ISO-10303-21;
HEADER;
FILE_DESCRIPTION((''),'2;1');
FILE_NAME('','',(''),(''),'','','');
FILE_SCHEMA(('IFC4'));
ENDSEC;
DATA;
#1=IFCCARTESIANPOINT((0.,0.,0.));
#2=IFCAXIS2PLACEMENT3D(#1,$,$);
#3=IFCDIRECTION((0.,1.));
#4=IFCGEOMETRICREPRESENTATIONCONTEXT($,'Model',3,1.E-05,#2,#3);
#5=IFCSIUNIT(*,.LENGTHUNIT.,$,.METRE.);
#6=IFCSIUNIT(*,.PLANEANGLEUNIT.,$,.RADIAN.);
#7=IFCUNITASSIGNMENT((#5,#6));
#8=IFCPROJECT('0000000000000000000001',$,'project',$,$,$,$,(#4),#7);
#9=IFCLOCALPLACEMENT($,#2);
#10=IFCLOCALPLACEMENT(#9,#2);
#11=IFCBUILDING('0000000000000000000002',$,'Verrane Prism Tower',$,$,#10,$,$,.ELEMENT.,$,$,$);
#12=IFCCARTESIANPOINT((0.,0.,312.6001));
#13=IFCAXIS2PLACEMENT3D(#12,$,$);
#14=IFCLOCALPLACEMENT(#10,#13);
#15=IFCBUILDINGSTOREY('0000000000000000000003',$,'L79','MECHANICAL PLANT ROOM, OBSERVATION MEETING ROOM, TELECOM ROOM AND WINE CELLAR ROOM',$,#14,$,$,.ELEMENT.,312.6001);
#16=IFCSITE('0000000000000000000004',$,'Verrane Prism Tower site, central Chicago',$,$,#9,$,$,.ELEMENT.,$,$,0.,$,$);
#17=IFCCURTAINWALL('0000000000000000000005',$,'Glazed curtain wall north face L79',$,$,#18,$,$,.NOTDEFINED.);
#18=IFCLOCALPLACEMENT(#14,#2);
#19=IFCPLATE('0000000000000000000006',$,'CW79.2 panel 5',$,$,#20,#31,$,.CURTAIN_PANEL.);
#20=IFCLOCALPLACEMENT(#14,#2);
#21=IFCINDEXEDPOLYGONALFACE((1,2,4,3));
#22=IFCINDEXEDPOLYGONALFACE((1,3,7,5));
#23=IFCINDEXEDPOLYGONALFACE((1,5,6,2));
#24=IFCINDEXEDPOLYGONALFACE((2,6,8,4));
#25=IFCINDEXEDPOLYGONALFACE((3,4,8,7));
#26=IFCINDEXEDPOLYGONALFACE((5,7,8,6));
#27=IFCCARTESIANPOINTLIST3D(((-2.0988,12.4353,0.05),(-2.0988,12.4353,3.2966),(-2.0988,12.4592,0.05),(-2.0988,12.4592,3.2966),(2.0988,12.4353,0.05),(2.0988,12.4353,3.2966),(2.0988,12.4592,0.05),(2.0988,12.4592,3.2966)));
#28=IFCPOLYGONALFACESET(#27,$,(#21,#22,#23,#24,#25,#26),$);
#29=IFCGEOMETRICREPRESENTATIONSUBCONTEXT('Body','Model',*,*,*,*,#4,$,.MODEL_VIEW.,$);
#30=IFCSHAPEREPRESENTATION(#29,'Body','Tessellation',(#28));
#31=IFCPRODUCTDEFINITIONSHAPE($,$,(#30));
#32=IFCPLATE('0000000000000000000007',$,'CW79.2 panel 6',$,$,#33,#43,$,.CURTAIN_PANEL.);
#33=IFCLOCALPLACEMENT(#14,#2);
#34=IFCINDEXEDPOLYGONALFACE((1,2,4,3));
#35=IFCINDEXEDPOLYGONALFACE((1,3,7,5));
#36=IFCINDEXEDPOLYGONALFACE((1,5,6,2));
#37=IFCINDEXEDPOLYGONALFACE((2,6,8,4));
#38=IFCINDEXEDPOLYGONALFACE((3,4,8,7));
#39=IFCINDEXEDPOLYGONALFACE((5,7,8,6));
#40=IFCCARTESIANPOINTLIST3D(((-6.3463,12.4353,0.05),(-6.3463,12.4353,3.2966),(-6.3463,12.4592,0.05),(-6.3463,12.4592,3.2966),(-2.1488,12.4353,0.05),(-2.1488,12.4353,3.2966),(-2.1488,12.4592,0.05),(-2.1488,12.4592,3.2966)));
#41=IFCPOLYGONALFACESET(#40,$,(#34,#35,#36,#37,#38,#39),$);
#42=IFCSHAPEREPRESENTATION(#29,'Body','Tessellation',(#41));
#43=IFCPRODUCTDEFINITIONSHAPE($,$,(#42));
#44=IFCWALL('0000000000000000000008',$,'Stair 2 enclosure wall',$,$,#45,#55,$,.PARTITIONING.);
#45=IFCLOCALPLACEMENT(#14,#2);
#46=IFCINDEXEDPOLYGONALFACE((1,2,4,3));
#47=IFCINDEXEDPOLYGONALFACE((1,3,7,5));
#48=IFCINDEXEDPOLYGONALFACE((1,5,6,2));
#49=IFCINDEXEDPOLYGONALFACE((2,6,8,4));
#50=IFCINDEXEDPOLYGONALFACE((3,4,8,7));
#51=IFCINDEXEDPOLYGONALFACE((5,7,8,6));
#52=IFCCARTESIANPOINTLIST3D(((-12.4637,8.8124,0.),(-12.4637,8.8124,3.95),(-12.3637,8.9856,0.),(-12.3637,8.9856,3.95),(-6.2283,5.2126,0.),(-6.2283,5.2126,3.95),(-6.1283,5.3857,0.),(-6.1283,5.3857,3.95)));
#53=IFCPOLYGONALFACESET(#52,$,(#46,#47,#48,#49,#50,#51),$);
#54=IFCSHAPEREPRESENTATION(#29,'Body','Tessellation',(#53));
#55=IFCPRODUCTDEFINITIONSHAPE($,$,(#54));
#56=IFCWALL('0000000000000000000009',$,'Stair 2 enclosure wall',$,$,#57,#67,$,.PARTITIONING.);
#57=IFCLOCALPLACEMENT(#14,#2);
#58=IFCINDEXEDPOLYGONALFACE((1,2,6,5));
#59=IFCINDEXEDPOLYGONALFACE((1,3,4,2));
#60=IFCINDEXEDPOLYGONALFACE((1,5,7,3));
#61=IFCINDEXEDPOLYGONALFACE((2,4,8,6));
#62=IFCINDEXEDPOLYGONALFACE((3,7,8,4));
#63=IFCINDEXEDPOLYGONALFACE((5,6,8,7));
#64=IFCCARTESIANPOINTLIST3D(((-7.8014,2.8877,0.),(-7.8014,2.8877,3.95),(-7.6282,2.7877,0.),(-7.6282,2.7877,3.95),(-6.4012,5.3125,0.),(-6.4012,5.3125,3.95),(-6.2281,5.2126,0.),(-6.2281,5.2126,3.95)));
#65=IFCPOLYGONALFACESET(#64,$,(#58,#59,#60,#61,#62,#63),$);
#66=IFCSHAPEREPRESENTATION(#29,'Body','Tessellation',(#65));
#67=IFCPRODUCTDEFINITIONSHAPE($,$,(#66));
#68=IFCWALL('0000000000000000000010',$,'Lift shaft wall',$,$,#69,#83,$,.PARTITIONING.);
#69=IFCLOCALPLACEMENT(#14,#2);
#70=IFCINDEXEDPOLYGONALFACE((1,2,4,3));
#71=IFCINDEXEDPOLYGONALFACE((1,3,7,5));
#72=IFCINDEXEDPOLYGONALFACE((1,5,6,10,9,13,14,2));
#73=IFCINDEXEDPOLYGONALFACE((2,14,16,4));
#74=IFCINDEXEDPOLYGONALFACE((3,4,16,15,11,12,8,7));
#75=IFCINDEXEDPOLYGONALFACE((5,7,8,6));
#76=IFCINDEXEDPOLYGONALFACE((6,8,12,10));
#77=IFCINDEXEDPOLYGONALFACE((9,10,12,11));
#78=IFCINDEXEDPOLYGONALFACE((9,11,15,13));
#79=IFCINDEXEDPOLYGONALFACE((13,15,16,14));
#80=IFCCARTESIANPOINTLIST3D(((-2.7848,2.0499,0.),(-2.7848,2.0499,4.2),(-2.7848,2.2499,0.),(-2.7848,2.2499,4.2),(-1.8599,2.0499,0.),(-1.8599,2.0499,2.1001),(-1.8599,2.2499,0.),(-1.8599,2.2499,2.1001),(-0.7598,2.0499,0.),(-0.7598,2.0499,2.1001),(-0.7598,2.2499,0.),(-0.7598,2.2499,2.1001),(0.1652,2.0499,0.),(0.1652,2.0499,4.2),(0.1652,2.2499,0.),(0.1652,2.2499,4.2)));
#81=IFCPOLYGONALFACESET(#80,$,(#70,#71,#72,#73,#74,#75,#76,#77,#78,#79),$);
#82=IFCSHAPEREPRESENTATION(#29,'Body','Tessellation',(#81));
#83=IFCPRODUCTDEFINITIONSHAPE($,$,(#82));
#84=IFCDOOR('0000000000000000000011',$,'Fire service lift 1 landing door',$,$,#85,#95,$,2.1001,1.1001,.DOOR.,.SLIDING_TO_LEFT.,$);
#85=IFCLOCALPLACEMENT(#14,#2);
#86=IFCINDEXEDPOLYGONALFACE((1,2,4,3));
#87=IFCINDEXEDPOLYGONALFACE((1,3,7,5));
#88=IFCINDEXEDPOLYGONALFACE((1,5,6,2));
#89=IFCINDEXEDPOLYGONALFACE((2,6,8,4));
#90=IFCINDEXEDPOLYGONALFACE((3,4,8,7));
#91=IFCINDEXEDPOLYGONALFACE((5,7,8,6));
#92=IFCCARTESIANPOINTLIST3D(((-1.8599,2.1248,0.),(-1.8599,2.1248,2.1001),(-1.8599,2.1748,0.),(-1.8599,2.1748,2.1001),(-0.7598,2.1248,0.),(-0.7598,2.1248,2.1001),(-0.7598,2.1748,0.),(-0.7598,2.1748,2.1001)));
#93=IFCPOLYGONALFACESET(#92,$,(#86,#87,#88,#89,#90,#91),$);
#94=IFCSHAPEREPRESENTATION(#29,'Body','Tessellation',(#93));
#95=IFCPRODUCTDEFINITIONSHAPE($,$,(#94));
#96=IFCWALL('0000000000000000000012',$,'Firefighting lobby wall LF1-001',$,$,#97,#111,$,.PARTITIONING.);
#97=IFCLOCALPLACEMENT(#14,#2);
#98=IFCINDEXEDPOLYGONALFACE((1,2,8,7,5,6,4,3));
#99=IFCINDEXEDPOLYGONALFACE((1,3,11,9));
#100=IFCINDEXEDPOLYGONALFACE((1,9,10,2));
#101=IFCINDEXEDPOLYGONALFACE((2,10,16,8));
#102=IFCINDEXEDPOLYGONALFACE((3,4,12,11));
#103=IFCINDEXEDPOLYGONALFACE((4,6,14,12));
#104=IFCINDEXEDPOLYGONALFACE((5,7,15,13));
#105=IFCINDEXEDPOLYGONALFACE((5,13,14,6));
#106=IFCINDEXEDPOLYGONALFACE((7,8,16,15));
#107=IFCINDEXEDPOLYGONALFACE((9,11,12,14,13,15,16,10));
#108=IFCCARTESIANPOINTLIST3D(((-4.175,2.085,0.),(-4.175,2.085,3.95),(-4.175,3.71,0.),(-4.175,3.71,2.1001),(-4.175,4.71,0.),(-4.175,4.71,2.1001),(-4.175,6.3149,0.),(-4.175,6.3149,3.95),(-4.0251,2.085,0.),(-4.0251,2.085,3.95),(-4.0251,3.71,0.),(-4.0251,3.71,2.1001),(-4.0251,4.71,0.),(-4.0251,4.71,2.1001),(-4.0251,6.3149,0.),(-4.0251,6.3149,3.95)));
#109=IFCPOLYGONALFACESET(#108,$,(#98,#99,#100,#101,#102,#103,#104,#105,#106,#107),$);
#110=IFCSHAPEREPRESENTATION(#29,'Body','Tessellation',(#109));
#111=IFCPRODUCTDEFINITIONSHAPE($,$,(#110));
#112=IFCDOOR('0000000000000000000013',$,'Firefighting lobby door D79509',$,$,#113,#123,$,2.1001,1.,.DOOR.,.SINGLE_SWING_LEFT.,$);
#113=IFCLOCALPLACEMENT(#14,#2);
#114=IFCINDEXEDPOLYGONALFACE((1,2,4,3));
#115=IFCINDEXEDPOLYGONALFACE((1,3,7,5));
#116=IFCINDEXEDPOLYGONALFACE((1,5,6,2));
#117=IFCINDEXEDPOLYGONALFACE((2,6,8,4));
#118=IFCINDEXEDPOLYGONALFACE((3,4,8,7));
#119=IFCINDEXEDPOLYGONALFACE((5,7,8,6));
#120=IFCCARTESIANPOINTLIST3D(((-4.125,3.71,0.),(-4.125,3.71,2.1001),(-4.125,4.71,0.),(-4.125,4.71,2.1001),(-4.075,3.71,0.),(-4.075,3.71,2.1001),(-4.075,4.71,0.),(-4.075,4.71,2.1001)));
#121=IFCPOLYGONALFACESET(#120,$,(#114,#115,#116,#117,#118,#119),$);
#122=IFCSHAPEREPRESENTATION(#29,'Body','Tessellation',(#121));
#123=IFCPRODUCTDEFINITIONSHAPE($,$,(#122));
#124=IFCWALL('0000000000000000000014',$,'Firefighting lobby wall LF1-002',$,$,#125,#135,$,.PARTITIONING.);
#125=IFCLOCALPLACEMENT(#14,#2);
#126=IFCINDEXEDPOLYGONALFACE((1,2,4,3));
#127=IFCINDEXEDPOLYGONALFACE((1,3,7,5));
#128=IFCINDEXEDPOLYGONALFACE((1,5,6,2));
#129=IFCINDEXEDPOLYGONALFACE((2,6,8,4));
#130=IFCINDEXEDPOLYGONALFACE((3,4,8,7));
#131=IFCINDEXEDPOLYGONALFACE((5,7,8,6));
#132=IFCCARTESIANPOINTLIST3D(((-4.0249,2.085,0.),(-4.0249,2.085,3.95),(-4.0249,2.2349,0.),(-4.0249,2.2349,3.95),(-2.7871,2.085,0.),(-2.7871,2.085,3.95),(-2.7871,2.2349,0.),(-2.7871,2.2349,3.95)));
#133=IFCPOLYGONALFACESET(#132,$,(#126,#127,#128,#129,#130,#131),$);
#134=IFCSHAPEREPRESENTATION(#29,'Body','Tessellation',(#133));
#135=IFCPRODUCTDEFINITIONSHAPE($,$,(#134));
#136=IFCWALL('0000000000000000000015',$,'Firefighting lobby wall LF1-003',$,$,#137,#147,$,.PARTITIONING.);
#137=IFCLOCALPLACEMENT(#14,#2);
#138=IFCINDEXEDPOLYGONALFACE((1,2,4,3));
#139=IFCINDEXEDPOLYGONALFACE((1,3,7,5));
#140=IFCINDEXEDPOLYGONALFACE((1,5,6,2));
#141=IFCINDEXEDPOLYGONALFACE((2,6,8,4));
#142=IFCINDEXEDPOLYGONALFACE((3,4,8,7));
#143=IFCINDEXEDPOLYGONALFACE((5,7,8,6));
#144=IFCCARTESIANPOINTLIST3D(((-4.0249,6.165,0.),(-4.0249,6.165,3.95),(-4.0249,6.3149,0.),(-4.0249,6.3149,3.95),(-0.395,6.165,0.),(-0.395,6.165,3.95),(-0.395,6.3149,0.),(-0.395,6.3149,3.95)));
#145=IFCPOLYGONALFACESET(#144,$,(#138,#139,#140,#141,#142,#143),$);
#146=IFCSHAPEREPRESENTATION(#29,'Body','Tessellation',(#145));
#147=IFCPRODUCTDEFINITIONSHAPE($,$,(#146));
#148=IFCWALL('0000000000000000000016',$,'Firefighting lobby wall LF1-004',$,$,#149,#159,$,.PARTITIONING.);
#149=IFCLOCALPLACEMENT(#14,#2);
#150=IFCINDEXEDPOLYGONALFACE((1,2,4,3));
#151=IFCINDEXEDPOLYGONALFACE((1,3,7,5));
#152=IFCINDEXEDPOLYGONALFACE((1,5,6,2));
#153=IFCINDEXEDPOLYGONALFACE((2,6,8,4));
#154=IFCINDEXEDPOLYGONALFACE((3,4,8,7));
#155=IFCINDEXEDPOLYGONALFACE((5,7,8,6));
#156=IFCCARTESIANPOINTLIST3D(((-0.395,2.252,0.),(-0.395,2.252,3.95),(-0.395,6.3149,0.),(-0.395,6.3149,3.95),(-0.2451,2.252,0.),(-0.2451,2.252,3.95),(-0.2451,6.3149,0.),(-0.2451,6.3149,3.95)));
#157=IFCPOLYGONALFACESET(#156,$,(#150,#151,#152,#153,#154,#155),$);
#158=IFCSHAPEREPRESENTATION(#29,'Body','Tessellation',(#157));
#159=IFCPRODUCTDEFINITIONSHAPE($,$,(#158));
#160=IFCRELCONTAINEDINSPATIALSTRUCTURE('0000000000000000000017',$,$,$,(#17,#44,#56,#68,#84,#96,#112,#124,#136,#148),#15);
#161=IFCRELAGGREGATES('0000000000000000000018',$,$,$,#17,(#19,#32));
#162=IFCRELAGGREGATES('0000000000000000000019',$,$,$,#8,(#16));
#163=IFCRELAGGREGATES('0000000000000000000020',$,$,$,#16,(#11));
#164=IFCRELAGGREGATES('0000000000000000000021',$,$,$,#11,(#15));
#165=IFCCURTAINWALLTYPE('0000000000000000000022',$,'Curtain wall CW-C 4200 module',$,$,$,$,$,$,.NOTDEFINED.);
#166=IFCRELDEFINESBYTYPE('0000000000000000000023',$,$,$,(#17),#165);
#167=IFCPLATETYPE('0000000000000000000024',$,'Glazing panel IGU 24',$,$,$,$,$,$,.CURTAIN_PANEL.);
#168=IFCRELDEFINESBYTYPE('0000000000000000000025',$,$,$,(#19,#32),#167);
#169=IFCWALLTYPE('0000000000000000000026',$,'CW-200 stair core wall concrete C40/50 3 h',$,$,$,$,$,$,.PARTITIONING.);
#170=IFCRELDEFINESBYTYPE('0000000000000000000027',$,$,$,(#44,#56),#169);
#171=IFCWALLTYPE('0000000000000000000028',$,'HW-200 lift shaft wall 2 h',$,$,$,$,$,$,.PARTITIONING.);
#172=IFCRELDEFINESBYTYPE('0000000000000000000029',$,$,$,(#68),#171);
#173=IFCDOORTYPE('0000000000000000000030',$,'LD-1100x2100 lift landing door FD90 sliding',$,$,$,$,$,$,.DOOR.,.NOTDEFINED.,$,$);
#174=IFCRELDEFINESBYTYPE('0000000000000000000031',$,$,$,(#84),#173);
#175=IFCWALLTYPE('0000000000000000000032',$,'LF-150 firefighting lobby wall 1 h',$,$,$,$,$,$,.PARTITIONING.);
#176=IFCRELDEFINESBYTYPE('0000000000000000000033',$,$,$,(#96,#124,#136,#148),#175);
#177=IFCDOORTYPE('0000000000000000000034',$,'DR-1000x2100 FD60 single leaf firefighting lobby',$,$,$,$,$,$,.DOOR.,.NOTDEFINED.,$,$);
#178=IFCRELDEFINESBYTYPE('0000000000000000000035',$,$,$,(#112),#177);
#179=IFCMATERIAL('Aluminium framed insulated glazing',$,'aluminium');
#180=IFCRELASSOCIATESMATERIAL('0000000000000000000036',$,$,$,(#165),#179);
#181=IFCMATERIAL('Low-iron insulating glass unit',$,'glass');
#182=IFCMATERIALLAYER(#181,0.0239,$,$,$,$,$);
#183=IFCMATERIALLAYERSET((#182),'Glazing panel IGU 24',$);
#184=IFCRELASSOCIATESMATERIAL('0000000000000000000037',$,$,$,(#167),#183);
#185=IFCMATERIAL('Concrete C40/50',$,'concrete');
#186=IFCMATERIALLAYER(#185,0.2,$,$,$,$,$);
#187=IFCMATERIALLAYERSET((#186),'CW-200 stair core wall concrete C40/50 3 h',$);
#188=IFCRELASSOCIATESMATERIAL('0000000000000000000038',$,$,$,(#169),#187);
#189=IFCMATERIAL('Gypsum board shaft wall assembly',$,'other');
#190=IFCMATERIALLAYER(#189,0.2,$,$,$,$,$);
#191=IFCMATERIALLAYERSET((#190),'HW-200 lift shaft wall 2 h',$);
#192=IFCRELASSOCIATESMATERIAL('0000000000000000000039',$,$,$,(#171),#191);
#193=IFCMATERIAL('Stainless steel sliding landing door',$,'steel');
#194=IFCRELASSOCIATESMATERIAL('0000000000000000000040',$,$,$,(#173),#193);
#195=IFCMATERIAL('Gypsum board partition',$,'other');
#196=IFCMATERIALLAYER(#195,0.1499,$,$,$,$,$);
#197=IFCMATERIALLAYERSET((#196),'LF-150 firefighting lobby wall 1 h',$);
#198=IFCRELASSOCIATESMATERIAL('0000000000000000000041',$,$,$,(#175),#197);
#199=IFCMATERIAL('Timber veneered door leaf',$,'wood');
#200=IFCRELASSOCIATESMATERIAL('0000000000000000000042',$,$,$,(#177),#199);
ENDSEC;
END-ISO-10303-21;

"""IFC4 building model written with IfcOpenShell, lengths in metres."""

from ifc_helpers import new_model, si_unit, direction, frame, frame_2d, origin, origin_2d, place, context, subcontext, project, spatial, rectangle, extrude, material, layer, layer_set, type_object, element, fill, aggregate, save


model = new_model("IFC4")

# Units and contexts
model_context = context("Model", 3, precision=1e-05, world=origin(), true_north=direction((0.0, 1.0)))
body_context = subcontext(model_context, "Body", "Model", "MODEL_VIEW")
ifc_project = project(units=[si_unit("LENGTHUNIT", "METRE"), si_unit("PLANEANGLEUNIT", "RADIAN")], contexts=[model_context])

# Site, building, storey
site_placement = place(None, origin())
site = spatial("IfcSite", under=ifc_project, at=site_placement, Name="Verrane Prism Tower site, central Chicago", CompositionType="ELEMENT", RefElevation=0.0)
building_placement = place(site_placement, origin())
building = spatial("IfcBuilding", under=site, at=building_placement, Name="Verrane Prism Tower", CompositionType="ELEMENT")
storey_placement = place(building_placement, frame((0.0, 0.0, 312.6001)))
storey = spatial("IfcBuildingStorey", under=building, at=storey_placement, Name="L79", Description="MECHANICAL PLANT ROOM, OBSERVATION MEETING ROOM, TELECOM ROOM AND WINE CELLAR ROOM", CompositionType="ELEMENT", Elevation=312.6001)

# Curtain wall
ifc_material_1 = material(Name="Aluminium framed insulated glazing", Category="aluminium")
curtain_wall_type = type_object("IfcCurtainWallType", Name="Curtain wall CW-C 4200 module", PredefinedType="NOTDEFINED", material=ifc_material_1)
curtain_wall_placement = place(storey_placement, origin())
curtain_wall = element("IfcCurtainWall", 1, at=curtain_wall_placement, inside=storey, type_object=curtain_wall_type, Name="Glazed curtain wall north face L79", PredefinedType="NOTDEFINED")

# Plates
ifc_material_2 = material(Name="Low-iron insulating glass unit", Category="glass")
ifc_layer_1 = layer(ifc_material_2, 0.0239)
ifc_layer_set_1 = layer_set([ifc_layer_1], Name="Glazing panel IGU 24")
plate_type = type_object("IfcPlateType", Name="Glazing panel IGU 24", PredefinedType="CURTAIN_PANEL", material=ifc_layer_set_1)
plate_1_placement = place(storey_placement, frame((0.0, 12.4473, 0.05), z_axis=(0.0, 0.0, 1.0), x_axis=(-1.0, 0.0, 0.0)))
plate_1 = element("IfcPlate", 2, at=plate_1_placement, type_object=plate_type, Name="CW79.2 panel 5", PredefinedType="CURTAIN_PANEL", context=body_context, shape_type="SweptSolid", body=[
    extrude(rectangle(XDim=4.1975, YDim=0.0239, at=origin_2d()), origin(), (0.0, 0.0, 1.0), 3.2466),
])
plate_2_placement = place(storey_placement, frame((-4.2476, 12.4473, 0.05), z_axis=(0.0, 0.0, 1.0), x_axis=(-1.0, 0.0, 0.0)))
plate_2 = element("IfcPlate", 3, at=plate_2_placement, type_object=plate_type, Name="CW79.2 panel 6", PredefinedType="CURTAIN_PANEL", context=body_context, shape_type="SweptSolid", body=[
    extrude(rectangle(XDim=4.1975, YDim=0.0239, at=origin_2d()), origin(), (0.0, 0.0, 1.0), 3.2466),
])
aggregate(curtain_wall, [plate_1, plate_2])

# Walls
ifc_material_3 = material(Name="Concrete C40/50", Category="concrete")
ifc_layer_2 = layer(ifc_material_3, 0.2)
ifc_layer_set_2 = layer_set([ifc_layer_2], Name="CW-200 stair core wall concrete C40/50 3 h")
wall_type_1 = type_object("IfcWallType", Name="CW-200 stair core wall concrete C40/50 3 h", PredefinedType="PARTITIONING", material=ifc_layer_set_2)
wall_1_placement = place(storey_placement, frame((-6.1782, 5.2991, 0.0), z_axis=(0.0, 0.0, 1.0), x_axis=(-0.866033, 0.499987, 0.0)))
element("IfcWall", 4, at=wall_1_placement, inside=storey, type_object=wall_type_1, Name="Stair 2 enclosure wall", PredefinedType="PARTITIONING", context=body_context, shape_type="SweptSolid", body=[
    extrude(rectangle(XDim=7.2, YDim=0.2, at=frame_2d((3.6001, 0.0))), origin(), (0.0, 0.0, 1.0), 3.95),
])
wall_2_placement = place(storey_placement, frame((-6.3147, 5.2625, 0.0), z_axis=(0.0, 0.0, 1.0), x_axis=(-0.50005, -0.865997, 0.0)))
element("IfcWall", 5, at=wall_2_placement, inside=storey, type_object=wall_type_1, Name="Stair 2 enclosure wall", PredefinedType="PARTITIONING", context=body_context, shape_type="SweptSolid", body=[
    extrude(rectangle(XDim=2.8, YDim=0.2, at=frame_2d((1.3999, 0.0))), origin(), (0.0, 0.0, 1.0), 3.95),
])

# Walls, openings, doors
ifc_material_4 = material(Name="Gypsum board shaft wall assembly", Category="other")
ifc_layer_3 = layer(ifc_material_4, 0.2)
ifc_layer_set_3 = layer_set([ifc_layer_3], Name="HW-200 lift shaft wall 2 h")
wall_type_2 = type_object("IfcWallType", Name="HW-200 lift shaft wall 2 h", PredefinedType="PARTITIONING", material=ifc_layer_set_3)
wall_3_placement = place(storey_placement, frame((-2.7849, 2.1499, 0.0), z_axis=(0.0, 0.0, 1.0), x_axis=(1.0, 0.0, 0.0)))
wall_3 = element("IfcWall", 6, at=wall_3_placement, inside=storey, type_object=wall_type_2, Name="Lift shaft wall", PredefinedType="PARTITIONING", context=body_context, shape_type="SweptSolid", body=[
    extrude(rectangle(XDim=2.95, YDim=0.2, at=frame_2d((1.4751, 0.0))), origin(), (0.0, 0.0, 1.0), 4.2),
])
opening_1_placement = place(wall_3_placement, frame((0.925, 0.0, 0.0)))
opening_1 = element("IfcOpeningElement", 7, at=opening_1_placement, cuts=wall_3, PredefinedType="OPENING", context=body_context, shape_type="SweptSolid", body=[
    extrude(rectangle(XDim=1.1001, YDim=2.1001, at=frame_2d((0.55, 1.05))), frame((0.0, 0.1099, 0.0), z_axis=(0.0, -1.0, 0.0), x_axis=(1.0, 0.0, 0.0)), (0.0, 0.0, 1.0), 0.22),
])
ifc_material_5 = material(Name="Stainless steel sliding landing door", Category="steel")
door_type_1 = type_object("IfcDoorType", Name="LD-1100x2100 lift landing door FD90 sliding", OperationType="NOTDEFINED", PredefinedType="DOOR", material=ifc_material_5)
door_1_placement = place(opening_1_placement, origin())
door_1 = element("IfcDoor", 8, at=door_1_placement, inside=storey, type_object=door_type_1, Name="Fire service lift 1 landing door", OperationType="SLIDING_TO_LEFT", OverallHeight=2.1001, OverallWidth=1.1001, PredefinedType="DOOR", context=body_context, shape_type="SweptSolid", body=[
    extrude(rectangle(XDim=1.1001, YDim=2.1001, at=frame_2d((0.55, 1.05))), frame((0.0, 0.0249, 0.0), z_axis=(0.0, -1.0, 0.0), x_axis=(1.0, 0.0, 0.0)), (0.0, 0.0, 1.0), 0.05),
])
fill(opening_1, door_1)
ifc_material_6 = material(Name="Gypsum board partition", Category="other")
ifc_layer_4 = layer(ifc_material_6, 0.1499)
ifc_layer_set_4 = layer_set([ifc_layer_4], Name="LF-150 firefighting lobby wall 1 h")
wall_type_3 = type_object("IfcWallType", Name="LF-150 firefighting lobby wall 1 h", PredefinedType="PARTITIONING", material=ifc_layer_set_4)
wall_4_placement = place(storey_placement, frame((-4.1001, 2.085, 0.0), z_axis=(0.0, 0.0, 1.0), x_axis=(0.0, 1.0, 0.0)))
wall_4 = element("IfcWall", 9, at=wall_4_placement, inside=storey, type_object=wall_type_3, Name="Firefighting lobby wall LF1-001", PredefinedType="PARTITIONING", context=body_context, shape_type="SweptSolid", body=[
    extrude(rectangle(XDim=4.23, YDim=0.1499, at=frame_2d((2.115, 0.0))), origin(), (0.0, 0.0, 1.0), 3.95),
])
opening_2_placement = place(wall_4_placement, frame((1.625, 0.0, 0.0)))
opening_2 = element("IfcOpeningElement", 10, at=opening_2_placement, cuts=wall_4, PredefinedType="OPENING", context=body_context, shape_type="SweptSolid", body=[
    extrude(rectangle(XDim=1.0, YDim=2.1001, at=frame_2d((0.5, 1.05))), frame((0.0, 0.085, 0.0), z_axis=(0.0, -1.0, 0.0), x_axis=(1.0, 0.0, 0.0)), (0.0, 0.0, 1.0), 0.1699),
])
ifc_material_7 = material(Name="Timber veneered door leaf", Category="wood")
door_type_2 = type_object("IfcDoorType", Name="DR-1000x2100 FD60 single leaf firefighting lobby", OperationType="NOTDEFINED", PredefinedType="DOOR", material=ifc_material_7)
door_2_placement = place(opening_2_placement, origin())
door_2 = element("IfcDoor", 11, at=door_2_placement, inside=storey, type_object=door_type_2, Name="Firefighting lobby door D79509", OperationType="SINGLE_SWING_LEFT", OverallHeight=2.1001, OverallWidth=1.0, PredefinedType="DOOR", context=body_context, shape_type="SweptSolid", body=[
    extrude(rectangle(XDim=1.0, YDim=2.1001, at=frame_2d((0.5, 1.05))), frame((0.0, 0.0249, 0.0), z_axis=(0.0, -1.0, 0.0), x_axis=(1.0, 0.0, 0.0)), (0.0, 0.0, 1.0), 0.05),
])
fill(opening_2, door_2)

# Walls
wall_5_placement = place(storey_placement, frame((-4.0249, 2.1599, 0.0), z_axis=(0.0, 0.0, 1.0), x_axis=(1.0, 0.0, 0.0)))
element("IfcWall", 12, at=wall_5_placement, inside=storey, type_object=wall_type_3, Name="Firefighting lobby wall LF1-002", PredefinedType="PARTITIONING", context=body_context, shape_type="SweptSolid", body=[
    extrude(rectangle(XDim=1.2378, YDim=0.1499, at=frame_2d((0.6189, 0.0))), origin(), (0.0, 0.0, 1.0), 3.95),
])
wall_6_placement = place(storey_placement, frame((-4.0249, 6.24, 0.0), z_axis=(0.0, 0.0, 1.0), x_axis=(1.0, 0.0, 0.0)))
element("IfcWall", 13, at=wall_6_placement, inside=storey, type_object=wall_type_3, Name="Firefighting lobby wall LF1-003", PredefinedType="PARTITIONING", context=body_context, shape_type="SweptSolid", body=[
    extrude(rectangle(XDim=3.6299, YDim=0.1499, at=frame_2d((1.8149, 0.0))), origin(), (0.0, 0.0, 1.0), 3.95),
])
wall_7_placement = place(storey_placement, frame((-0.3201, 2.252, 0.0), z_axis=(0.0, 0.0, 1.0), x_axis=(0.0, 1.0, 0.0)))
element("IfcWall", 14, at=wall_7_placement, inside=storey, type_object=wall_type_3, Name="Firefighting lobby wall LF1-004", PredefinedType="PARTITIONING", context=body_context, shape_type="SweptSolid", body=[
    extrude(rectangle(XDim=4.063, YDim=0.1499, at=frame_2d((2.0315, 0.0))), origin(), (0.0, 0.0, 1.0), 3.95),
])

save(model, "model.ifc")
